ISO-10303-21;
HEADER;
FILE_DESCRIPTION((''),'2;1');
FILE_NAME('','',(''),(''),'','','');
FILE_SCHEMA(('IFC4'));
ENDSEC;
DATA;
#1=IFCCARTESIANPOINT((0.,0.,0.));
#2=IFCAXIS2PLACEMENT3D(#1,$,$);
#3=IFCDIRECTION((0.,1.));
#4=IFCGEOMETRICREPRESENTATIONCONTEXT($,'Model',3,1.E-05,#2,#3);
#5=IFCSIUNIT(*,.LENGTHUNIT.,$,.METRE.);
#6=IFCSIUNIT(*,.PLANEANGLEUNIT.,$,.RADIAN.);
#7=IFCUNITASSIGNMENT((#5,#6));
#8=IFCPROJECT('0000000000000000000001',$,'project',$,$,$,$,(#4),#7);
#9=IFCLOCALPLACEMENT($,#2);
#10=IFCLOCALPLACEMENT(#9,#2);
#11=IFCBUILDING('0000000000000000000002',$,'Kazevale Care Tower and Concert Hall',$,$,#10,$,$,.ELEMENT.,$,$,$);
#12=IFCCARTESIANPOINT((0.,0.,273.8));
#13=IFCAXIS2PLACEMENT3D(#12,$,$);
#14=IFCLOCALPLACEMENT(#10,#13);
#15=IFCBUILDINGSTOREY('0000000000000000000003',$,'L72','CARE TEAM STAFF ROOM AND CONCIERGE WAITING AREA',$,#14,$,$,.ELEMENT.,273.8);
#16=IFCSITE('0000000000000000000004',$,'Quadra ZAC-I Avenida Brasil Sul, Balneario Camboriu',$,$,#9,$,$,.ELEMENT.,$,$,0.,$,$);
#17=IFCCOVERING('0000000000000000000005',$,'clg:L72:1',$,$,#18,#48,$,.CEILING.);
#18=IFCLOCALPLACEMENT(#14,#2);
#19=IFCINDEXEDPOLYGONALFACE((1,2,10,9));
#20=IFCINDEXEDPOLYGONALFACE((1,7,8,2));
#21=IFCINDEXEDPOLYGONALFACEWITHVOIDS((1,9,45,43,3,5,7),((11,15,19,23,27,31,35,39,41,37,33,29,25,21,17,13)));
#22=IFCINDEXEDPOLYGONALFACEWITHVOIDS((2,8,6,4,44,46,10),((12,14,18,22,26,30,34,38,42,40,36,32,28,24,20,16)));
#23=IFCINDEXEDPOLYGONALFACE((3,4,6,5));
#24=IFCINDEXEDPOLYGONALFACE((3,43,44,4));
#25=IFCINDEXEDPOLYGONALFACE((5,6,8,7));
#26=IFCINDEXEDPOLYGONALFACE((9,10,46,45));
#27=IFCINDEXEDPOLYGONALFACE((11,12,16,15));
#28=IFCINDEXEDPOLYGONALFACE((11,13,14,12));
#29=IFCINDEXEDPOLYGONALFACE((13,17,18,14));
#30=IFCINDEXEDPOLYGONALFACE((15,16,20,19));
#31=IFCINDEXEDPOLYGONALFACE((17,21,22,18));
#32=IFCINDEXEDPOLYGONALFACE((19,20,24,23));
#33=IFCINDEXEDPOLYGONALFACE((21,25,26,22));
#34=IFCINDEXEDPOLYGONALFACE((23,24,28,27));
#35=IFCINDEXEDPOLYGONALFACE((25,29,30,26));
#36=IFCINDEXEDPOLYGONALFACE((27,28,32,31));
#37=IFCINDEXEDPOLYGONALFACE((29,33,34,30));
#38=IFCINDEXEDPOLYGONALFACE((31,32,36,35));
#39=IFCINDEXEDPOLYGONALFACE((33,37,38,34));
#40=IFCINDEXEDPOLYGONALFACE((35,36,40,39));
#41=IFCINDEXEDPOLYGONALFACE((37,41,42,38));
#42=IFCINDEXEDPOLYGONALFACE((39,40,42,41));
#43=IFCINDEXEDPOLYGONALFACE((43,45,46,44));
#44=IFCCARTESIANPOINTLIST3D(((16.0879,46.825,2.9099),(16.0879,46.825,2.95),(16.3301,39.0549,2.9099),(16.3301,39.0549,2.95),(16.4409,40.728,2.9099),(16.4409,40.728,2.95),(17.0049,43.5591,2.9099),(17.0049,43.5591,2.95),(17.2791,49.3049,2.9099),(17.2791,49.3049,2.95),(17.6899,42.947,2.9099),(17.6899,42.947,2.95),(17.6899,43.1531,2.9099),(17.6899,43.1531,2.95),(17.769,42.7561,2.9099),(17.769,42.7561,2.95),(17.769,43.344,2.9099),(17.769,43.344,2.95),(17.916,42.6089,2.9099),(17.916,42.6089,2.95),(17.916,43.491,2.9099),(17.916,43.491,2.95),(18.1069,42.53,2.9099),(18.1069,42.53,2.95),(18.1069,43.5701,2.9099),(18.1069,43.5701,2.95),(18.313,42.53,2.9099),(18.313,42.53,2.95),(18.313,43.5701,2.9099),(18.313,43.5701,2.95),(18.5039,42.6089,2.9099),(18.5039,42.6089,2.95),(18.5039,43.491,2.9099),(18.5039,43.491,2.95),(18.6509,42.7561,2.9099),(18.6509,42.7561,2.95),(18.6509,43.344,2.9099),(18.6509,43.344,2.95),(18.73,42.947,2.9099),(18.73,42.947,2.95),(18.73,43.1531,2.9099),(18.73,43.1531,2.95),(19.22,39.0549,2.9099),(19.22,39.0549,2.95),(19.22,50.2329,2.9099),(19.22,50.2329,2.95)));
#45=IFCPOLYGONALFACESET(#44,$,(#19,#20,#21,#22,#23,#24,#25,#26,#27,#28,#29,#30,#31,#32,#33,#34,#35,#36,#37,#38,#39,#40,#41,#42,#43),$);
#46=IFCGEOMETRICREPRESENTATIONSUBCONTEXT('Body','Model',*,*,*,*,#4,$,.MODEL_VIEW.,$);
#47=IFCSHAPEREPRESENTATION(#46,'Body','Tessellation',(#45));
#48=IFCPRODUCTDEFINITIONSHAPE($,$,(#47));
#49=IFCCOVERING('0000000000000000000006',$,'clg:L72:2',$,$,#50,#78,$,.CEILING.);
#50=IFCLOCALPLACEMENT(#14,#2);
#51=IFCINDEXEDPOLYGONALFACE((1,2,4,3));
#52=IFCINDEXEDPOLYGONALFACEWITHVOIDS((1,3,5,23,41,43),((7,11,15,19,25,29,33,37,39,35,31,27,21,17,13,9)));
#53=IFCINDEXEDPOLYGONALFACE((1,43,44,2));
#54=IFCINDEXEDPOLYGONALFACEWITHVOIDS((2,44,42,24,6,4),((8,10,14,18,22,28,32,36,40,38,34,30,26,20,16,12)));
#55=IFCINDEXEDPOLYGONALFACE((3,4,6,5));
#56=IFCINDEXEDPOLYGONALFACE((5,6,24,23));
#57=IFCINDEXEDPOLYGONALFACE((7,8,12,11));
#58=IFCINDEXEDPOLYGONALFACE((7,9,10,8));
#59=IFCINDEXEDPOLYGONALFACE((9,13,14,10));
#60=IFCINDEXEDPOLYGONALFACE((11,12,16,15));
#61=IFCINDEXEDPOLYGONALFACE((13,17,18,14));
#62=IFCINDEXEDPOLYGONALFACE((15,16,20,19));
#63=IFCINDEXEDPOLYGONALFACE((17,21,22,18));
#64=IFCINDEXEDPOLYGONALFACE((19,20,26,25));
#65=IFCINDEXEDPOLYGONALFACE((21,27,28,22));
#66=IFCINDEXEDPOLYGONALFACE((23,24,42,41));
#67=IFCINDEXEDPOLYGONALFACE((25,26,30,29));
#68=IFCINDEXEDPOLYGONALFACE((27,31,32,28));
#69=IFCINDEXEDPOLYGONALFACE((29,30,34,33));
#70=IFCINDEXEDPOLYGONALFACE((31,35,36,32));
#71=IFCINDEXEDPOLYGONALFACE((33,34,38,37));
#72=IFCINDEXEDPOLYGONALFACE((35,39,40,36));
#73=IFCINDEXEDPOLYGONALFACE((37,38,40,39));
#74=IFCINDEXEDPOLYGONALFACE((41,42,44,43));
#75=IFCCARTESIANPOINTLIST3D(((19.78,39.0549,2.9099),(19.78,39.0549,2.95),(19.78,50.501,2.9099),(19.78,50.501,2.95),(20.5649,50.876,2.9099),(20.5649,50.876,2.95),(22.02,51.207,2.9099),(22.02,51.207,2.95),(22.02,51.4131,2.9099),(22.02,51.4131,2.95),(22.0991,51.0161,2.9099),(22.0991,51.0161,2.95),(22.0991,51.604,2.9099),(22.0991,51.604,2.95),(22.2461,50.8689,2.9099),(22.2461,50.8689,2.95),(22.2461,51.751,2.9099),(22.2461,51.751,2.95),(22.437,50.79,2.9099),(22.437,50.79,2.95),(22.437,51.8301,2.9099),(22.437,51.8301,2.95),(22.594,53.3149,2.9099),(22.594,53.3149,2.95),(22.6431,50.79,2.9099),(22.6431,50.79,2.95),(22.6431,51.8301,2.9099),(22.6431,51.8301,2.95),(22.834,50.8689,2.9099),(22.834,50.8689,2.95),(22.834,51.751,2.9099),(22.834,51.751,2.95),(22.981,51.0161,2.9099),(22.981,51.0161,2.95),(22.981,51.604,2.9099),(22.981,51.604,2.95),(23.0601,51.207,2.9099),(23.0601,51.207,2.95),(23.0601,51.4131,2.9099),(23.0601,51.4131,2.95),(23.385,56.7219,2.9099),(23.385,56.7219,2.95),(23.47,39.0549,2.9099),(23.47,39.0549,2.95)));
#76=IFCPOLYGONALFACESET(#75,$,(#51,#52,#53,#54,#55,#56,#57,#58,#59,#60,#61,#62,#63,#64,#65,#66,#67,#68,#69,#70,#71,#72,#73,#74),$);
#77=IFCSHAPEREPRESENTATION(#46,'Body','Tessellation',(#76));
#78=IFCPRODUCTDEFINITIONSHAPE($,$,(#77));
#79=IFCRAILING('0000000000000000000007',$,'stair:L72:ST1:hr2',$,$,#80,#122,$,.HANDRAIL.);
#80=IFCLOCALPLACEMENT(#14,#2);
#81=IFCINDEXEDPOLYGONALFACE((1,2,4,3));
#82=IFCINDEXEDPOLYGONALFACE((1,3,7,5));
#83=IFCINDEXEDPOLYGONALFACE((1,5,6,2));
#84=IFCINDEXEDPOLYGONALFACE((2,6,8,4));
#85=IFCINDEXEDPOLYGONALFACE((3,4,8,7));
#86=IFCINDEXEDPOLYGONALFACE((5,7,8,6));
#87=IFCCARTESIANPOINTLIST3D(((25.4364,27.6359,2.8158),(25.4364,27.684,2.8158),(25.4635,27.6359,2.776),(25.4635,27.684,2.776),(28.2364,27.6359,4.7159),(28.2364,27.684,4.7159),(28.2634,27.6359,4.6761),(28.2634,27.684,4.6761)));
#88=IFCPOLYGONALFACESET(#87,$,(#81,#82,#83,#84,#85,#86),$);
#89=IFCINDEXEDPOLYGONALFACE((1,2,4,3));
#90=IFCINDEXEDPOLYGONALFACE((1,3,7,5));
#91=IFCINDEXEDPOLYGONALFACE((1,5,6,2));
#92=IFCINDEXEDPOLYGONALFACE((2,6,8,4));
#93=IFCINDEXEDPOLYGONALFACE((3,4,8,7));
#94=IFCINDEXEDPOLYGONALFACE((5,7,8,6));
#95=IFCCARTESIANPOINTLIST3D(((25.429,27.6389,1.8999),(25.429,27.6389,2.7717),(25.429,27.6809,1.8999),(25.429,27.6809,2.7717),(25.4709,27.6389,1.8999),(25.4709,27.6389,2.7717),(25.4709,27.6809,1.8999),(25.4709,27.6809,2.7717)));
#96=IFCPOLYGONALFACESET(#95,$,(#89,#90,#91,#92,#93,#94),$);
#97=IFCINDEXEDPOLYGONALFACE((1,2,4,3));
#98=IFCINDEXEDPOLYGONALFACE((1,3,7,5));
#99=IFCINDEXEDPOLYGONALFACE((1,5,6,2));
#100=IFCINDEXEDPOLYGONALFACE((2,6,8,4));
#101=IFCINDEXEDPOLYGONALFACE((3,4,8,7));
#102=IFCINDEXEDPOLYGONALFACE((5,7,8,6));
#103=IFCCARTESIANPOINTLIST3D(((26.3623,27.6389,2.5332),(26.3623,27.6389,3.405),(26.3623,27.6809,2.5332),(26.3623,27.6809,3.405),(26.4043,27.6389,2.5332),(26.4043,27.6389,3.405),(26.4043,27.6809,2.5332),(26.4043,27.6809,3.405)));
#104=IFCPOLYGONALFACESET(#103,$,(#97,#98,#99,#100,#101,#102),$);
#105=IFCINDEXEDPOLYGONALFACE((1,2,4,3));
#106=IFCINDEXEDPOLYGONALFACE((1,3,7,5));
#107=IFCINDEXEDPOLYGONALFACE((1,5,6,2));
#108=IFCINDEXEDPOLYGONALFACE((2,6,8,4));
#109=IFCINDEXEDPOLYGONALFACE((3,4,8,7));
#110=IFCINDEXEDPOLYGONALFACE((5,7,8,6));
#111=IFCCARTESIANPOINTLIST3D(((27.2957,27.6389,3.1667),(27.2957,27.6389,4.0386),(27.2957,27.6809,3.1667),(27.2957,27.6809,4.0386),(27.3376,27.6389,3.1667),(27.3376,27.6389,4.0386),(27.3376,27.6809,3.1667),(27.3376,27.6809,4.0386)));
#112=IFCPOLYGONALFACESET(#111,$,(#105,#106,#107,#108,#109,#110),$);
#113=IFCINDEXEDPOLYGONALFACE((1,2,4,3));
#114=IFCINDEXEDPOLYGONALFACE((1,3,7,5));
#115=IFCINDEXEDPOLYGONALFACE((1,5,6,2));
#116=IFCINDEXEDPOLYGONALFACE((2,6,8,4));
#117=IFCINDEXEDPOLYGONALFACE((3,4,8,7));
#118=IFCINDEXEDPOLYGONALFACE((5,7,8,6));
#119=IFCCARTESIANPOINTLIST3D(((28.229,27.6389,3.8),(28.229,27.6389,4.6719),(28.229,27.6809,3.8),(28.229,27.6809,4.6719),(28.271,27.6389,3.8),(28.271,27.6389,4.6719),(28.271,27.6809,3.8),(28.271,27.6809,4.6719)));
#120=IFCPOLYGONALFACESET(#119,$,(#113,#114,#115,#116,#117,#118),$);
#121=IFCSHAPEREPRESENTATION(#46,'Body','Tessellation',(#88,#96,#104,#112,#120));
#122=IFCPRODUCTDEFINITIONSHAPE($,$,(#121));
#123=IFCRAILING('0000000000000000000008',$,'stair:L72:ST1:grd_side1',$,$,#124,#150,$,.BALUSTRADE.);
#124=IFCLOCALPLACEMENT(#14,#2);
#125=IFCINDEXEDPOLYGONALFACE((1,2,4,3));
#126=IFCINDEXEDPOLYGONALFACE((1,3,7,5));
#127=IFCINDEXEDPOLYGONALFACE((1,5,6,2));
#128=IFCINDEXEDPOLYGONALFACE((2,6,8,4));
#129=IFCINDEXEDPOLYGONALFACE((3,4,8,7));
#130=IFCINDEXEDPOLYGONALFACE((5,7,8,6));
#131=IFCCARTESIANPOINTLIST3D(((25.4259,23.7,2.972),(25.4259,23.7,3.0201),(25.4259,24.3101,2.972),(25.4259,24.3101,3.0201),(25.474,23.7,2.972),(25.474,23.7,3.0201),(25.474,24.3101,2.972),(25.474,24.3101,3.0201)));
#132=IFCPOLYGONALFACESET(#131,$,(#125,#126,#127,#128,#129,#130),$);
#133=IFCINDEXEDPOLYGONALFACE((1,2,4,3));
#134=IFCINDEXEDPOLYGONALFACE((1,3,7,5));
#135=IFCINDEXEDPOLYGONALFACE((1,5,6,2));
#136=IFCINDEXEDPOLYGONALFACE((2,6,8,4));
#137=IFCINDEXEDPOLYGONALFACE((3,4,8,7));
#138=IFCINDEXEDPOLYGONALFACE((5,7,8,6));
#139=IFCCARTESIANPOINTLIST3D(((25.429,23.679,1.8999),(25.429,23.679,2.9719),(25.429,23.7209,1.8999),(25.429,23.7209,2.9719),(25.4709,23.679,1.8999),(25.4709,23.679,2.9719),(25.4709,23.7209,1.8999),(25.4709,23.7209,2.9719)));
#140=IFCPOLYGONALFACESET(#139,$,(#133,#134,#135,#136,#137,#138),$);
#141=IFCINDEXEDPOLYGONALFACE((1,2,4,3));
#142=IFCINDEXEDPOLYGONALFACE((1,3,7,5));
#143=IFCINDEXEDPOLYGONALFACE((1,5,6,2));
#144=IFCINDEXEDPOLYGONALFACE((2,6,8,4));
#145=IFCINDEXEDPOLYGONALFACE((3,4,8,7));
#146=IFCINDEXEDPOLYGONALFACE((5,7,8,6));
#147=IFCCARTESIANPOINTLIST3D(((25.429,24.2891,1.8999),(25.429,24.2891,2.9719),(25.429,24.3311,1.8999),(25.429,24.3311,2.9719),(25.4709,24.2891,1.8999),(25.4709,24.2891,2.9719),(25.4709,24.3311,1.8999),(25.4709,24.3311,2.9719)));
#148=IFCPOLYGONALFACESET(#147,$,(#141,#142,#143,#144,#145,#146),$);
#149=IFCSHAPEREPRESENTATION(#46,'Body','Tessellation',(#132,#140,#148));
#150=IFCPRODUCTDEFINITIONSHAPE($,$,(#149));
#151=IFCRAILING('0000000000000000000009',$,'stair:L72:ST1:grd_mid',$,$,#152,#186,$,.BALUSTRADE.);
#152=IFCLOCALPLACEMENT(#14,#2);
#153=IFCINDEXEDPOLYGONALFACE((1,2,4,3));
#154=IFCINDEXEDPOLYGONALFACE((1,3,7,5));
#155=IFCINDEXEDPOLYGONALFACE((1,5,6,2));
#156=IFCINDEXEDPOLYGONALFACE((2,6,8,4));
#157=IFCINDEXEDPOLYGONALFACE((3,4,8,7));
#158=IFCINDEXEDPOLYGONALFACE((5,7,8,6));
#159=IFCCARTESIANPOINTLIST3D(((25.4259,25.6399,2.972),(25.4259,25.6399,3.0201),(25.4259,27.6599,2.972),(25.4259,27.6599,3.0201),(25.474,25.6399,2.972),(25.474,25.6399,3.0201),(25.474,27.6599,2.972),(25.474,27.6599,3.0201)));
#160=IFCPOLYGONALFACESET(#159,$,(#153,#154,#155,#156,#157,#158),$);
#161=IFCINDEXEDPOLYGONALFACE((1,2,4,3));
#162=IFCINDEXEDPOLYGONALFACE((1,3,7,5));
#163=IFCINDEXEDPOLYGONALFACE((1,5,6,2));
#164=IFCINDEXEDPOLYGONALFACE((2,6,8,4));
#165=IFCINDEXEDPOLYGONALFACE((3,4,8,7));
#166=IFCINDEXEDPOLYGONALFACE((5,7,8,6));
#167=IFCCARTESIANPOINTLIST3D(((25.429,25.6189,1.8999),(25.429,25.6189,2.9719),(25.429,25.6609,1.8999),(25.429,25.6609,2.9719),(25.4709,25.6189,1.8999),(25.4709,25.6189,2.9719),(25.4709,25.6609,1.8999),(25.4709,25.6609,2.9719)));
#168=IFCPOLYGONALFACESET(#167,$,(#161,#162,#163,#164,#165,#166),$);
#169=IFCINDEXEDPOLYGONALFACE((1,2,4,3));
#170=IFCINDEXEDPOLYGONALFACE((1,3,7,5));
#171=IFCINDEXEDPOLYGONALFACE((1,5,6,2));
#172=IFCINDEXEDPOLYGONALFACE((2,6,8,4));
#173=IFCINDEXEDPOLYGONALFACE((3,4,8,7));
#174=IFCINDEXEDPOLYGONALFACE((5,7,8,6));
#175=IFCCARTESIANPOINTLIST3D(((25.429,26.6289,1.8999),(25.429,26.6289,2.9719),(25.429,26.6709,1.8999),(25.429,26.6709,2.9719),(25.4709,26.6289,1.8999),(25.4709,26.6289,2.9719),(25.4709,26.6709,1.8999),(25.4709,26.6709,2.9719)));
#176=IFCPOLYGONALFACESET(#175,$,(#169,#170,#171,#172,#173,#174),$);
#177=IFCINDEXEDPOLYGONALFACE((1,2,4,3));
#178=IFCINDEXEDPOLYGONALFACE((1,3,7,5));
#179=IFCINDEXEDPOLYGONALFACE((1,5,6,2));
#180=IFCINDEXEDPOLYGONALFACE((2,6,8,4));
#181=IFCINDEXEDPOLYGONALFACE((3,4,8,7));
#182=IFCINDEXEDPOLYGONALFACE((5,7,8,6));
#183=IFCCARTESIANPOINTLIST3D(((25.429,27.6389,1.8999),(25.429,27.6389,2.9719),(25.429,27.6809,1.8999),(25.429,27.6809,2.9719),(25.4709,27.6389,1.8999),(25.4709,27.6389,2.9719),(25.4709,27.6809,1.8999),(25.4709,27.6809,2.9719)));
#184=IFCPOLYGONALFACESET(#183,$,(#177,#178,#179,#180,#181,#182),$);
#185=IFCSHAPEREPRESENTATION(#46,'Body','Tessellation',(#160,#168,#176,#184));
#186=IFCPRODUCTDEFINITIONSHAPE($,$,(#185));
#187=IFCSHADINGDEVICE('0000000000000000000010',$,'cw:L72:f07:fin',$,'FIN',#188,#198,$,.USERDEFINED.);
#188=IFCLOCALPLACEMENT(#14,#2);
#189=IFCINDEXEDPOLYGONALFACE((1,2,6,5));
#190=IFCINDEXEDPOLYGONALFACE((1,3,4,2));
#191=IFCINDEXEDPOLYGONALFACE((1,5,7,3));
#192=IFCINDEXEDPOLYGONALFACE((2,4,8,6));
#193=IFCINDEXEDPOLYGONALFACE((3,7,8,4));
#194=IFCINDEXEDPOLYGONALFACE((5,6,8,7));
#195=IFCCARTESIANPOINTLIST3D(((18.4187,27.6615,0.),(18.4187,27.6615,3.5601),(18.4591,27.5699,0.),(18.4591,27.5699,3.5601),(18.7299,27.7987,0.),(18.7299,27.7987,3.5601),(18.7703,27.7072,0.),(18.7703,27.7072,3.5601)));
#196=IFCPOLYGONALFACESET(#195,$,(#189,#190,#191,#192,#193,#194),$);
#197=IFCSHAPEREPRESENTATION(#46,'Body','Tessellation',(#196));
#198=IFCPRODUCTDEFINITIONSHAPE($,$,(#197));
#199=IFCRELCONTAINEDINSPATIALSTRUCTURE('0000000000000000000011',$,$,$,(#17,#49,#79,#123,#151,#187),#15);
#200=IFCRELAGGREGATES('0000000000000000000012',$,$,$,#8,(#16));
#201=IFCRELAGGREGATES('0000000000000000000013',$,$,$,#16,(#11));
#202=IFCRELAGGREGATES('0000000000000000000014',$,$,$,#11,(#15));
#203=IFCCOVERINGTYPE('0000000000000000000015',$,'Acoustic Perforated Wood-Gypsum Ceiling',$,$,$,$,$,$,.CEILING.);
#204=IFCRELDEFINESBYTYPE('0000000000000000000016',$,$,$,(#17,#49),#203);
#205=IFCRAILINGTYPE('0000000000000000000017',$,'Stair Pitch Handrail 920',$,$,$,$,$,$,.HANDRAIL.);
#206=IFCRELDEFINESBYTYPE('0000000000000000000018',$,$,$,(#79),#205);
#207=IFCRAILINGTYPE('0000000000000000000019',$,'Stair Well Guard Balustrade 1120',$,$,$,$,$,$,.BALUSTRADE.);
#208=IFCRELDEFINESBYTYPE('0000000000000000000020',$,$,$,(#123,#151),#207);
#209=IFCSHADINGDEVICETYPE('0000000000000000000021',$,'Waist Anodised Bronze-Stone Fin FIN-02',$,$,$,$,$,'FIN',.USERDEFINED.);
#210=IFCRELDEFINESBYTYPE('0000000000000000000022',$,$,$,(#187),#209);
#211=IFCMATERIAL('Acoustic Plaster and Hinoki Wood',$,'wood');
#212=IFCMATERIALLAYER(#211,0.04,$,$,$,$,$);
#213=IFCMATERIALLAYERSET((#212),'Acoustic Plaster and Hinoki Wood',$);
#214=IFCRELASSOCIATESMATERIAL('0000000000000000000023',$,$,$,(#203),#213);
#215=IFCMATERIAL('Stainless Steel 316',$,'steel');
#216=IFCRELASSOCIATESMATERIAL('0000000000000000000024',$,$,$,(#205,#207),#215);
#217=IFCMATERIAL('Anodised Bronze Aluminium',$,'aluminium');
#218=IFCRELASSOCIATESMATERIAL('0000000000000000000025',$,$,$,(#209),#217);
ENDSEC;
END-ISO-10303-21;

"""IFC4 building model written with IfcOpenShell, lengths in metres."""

from ifc_helpers import new_model, si_unit, direction, frame, origin, origin_2d, place, context, subcontext, project, spatial, polyline, rectangle, outline, extrude, material, layer, layer_set, type_object, element, save


model = new_model("IFC4")

# Units and contexts
model_context = context("Model", 3, precision=1e-05, world=origin(), true_north=direction((0.0, 1.0)))
body_context = subcontext(model_context, "Body", "Model", "MODEL_VIEW")
ifc_project = project(units=[si_unit("LENGTHUNIT", "METRE"), si_unit("PLANEANGLEUNIT", "RADIAN")], contexts=[model_context])

# Site, building, storey
site_placement = place(None, origin())
site = spatial("IfcSite", under=ifc_project, at=site_placement, Name="Quadra ZAC-I Avenida Brasil Sul, Balneario Camboriu", CompositionType="ELEMENT", RefElevation=0.0)
building_placement = place(site_placement, origin())
building = spatial("IfcBuilding", under=site, at=building_placement, Name="Kazevale Care Tower and Concert Hall", CompositionType="ELEMENT")
storey_placement = place(building_placement, frame((0.0, 0.0, 273.8)))
storey = spatial("IfcBuildingStorey", under=building, at=storey_placement, Name="L72", Description="CARE TEAM STAFF ROOM AND CONCIERGE WAITING AREA", CompositionType="ELEMENT", Elevation=273.8)

# Coverings
ifc_material_1 = material(Name="Acoustic Plaster and Hinoki Wood", Category="wood")
ifc_layer_1 = layer(ifc_material_1, 0.04)
ifc_layer_set_1 = layer_set([ifc_layer_1], Name="Acoustic Plaster and Hinoki Wood")
covering_type = type_object("IfcCoveringType", Name="Acoustic Perforated Wood-Gypsum Ceiling", PredefinedType="CEILING", material=ifc_layer_set_1)
covering_1_placement = place(storey_placement, frame((0.0, 0.0, 2.9099)))
element("IfcCovering", 1, at=covering_1_placement, inside=storey, type_object=covering_type, Name="clg:L72:1", PredefinedType="CEILING", context=body_context, shape_type="SweptSolid", body=[
    extrude(outline(polyline([(17.0049, 43.5591), (16.0879, 46.825), (17.2791, 49.3049), (19.22, 50.2329), (19.22, 39.0549), (16.3301, 39.0549), (16.4409, 40.728), (17.0049, 43.5591)]), holes=[polyline([(18.73, 43.1531), (18.6509, 43.344), (18.5039, 43.491), (18.313, 43.5701), (18.1069, 43.5701), (17.916, 43.491), (17.769, 43.344), (17.6899, 43.1531), (17.6899, 42.947), (17.769, 42.7561), (17.916, 42.6089), (18.1069, 42.53), (18.313, 42.53), (18.5039, 42.6089), (18.6509, 42.7561), (18.73, 42.947), (18.73, 43.1531)])]), origin(), (0.0, 0.0, 1.0), 0.04),
])
covering_2_placement = place(storey_placement, frame((0.0, 0.0, 2.9099)))
element("IfcCovering", 2, at=covering_2_placement, inside=storey, type_object=covering_type, Name="clg:L72:2", PredefinedType="CEILING", context=body_context, shape_type="SweptSolid", body=[
    extrude(outline(polyline([(22.594, 53.3149), (23.385, 56.7219), (23.47, 39.0549), (19.78, 39.0549), (19.78, 50.501), (20.5649, 50.876), (22.594, 53.3149)]), holes=[polyline([(23.0601, 51.4131), (22.981, 51.604), (22.834, 51.751), (22.6431, 51.8301), (22.437, 51.8301), (22.2461, 51.751), (22.0991, 51.604), (22.02, 51.4131), (22.02, 51.207), (22.0991, 51.0161), (22.2461, 50.8689), (22.437, 50.79), (22.6431, 50.79), (22.834, 50.8689), (22.981, 51.0161), (23.0601, 51.207), (23.0601, 51.4131)])]), origin(), (0.0, 0.0, 1.0), 0.04),
])

# Railings
ifc_material_2 = material(Name="Stainless Steel 316", Category="steel")
railing_type_1 = type_object("IfcRailingType", Name="Stair Pitch Handrail 920", PredefinedType="HANDRAIL", material=ifc_material_2)
railing_1_placement = place(storey_placement, frame((25.45, 27.6599, 1.8999)))
element("IfcRailing", 3, at=railing_1_placement, inside=storey, type_object=railing_type_1, Name="stair:L72:ST1:hr2", PredefinedType="HANDRAIL", context=body_context, shape_type="SweptSolid", body=[
    extrude(rectangle(XDim=0.0481, YDim=0.0481, at=origin_2d()), frame((0.0, 0.0, 0.896), z_axis=(0.82746, 0.0, 0.561524), x_axis=(0.0, 1.0, 0.0)), (0.0, 0.0, 1.0), 3.3838),
    extrude(rectangle(XDim=0.042, YDim=0.042, at=origin_2d()), origin(), (0.0, 0.0, 1.0), 0.8718),
    extrude(rectangle(XDim=0.042, YDim=0.042, at=origin_2d()), frame((0.9333, 0.0, 0.6333)), (0.0, 0.0, 1.0), 0.8718),
    extrude(rectangle(XDim=0.042, YDim=0.042, at=origin_2d()), frame((1.8667, 0.0, 1.2668)), (0.0, 0.0, 1.0), 0.8718),
    extrude(rectangle(XDim=0.042, YDim=0.042, at=origin_2d()), frame((2.8, 0.0, 1.9001)), (0.0, 0.0, 1.0), 0.8718),
])
railing_type_2 = type_object("IfcRailingType", Name="Stair Well Guard Balustrade 1120", PredefinedType="BALUSTRADE", material=ifc_material_2)
railing_2_placement = place(storey_placement, frame((25.45, 23.7, 1.8999)))
element("IfcRailing", 4, at=railing_2_placement, inside=storey, type_object=railing_type_2, Name="stair:L72:ST1:grd_side1", PredefinedType="BALUSTRADE", context=body_context, shape_type="SweptSolid", body=[
    extrude(rectangle(XDim=0.0481, YDim=0.0481, at=origin_2d()), frame((0.0, 0.0, 1.0962), z_axis=(0.0, 1.0, 0.0), x_axis=(-1.0, 0.0, 0.0)), (0.0, 0.0, 1.0), 0.6101),
    extrude(rectangle(XDim=0.042, YDim=0.042, at=origin_2d()), origin(), (0.0, 0.0, 1.0), 1.072),
    extrude(rectangle(XDim=0.042, YDim=0.042, at=origin_2d()), frame((0.0, 0.6101, 0.0)), (0.0, 0.0, 1.0), 1.072),
])
railing_3_placement = place(storey_placement, frame((25.45, 25.6399, 1.8999)))
element("IfcRailing", 5, at=railing_3_placement, inside=storey, type_object=railing_type_2, Name="stair:L72:ST1:grd_mid", PredefinedType="BALUSTRADE", context=body_context, shape_type="SweptSolid", body=[
    extrude(rectangle(XDim=0.0481, YDim=0.0481, at=origin_2d()), frame((0.0, 0.0, 1.0962), z_axis=(0.0, 1.0, 0.0), x_axis=(-1.0, 0.0, 0.0)), (0.0, 0.0, 1.0), 2.02),
    extrude(rectangle(XDim=0.042, YDim=0.042, at=origin_2d()), origin(), (0.0, 0.0, 1.0), 1.072),
    extrude(rectangle(XDim=0.042, YDim=0.042, at=origin_2d()), frame((0.0, 1.01, 0.0)), (0.0, 0.0, 1.0), 1.072),
    extrude(rectangle(XDim=0.042, YDim=0.042, at=origin_2d()), frame((0.0, 2.02, 0.0)), (0.0, 0.0, 1.0), 1.072),
])

# Shading device
ifc_material_3 = material(Name="Anodised Bronze Aluminium", Category="aluminium")
shading_device_type = type_object("IfcShadingDeviceType", Name="Waist Anodised Bronze-Stone Fin FIN-02", ElementType="FIN", PredefinedType="USERDEFINED", material=ifc_material_3)
shading_device_placement = place(storey_placement, frame((18.5945, 27.6843, 0.0), z_axis=(0.0, 0.0, 1.0), x_axis=(-0.91496, -0.403545, 0.0)))
element("IfcShadingDevice", 6, at=shading_device_placement, inside=storey, type_object=shading_device_type, Name="cw:L72:f07:fin", ObjectType="FIN", PredefinedType="USERDEFINED", context=body_context, shape_type="SweptSolid", body=[
    extrude(rectangle(XDim=0.3401, YDim=0.1001, at=origin_2d()), origin(), (0.0, 0.0, 1.0), 3.5601),
])

save(model, "model.ifc")
